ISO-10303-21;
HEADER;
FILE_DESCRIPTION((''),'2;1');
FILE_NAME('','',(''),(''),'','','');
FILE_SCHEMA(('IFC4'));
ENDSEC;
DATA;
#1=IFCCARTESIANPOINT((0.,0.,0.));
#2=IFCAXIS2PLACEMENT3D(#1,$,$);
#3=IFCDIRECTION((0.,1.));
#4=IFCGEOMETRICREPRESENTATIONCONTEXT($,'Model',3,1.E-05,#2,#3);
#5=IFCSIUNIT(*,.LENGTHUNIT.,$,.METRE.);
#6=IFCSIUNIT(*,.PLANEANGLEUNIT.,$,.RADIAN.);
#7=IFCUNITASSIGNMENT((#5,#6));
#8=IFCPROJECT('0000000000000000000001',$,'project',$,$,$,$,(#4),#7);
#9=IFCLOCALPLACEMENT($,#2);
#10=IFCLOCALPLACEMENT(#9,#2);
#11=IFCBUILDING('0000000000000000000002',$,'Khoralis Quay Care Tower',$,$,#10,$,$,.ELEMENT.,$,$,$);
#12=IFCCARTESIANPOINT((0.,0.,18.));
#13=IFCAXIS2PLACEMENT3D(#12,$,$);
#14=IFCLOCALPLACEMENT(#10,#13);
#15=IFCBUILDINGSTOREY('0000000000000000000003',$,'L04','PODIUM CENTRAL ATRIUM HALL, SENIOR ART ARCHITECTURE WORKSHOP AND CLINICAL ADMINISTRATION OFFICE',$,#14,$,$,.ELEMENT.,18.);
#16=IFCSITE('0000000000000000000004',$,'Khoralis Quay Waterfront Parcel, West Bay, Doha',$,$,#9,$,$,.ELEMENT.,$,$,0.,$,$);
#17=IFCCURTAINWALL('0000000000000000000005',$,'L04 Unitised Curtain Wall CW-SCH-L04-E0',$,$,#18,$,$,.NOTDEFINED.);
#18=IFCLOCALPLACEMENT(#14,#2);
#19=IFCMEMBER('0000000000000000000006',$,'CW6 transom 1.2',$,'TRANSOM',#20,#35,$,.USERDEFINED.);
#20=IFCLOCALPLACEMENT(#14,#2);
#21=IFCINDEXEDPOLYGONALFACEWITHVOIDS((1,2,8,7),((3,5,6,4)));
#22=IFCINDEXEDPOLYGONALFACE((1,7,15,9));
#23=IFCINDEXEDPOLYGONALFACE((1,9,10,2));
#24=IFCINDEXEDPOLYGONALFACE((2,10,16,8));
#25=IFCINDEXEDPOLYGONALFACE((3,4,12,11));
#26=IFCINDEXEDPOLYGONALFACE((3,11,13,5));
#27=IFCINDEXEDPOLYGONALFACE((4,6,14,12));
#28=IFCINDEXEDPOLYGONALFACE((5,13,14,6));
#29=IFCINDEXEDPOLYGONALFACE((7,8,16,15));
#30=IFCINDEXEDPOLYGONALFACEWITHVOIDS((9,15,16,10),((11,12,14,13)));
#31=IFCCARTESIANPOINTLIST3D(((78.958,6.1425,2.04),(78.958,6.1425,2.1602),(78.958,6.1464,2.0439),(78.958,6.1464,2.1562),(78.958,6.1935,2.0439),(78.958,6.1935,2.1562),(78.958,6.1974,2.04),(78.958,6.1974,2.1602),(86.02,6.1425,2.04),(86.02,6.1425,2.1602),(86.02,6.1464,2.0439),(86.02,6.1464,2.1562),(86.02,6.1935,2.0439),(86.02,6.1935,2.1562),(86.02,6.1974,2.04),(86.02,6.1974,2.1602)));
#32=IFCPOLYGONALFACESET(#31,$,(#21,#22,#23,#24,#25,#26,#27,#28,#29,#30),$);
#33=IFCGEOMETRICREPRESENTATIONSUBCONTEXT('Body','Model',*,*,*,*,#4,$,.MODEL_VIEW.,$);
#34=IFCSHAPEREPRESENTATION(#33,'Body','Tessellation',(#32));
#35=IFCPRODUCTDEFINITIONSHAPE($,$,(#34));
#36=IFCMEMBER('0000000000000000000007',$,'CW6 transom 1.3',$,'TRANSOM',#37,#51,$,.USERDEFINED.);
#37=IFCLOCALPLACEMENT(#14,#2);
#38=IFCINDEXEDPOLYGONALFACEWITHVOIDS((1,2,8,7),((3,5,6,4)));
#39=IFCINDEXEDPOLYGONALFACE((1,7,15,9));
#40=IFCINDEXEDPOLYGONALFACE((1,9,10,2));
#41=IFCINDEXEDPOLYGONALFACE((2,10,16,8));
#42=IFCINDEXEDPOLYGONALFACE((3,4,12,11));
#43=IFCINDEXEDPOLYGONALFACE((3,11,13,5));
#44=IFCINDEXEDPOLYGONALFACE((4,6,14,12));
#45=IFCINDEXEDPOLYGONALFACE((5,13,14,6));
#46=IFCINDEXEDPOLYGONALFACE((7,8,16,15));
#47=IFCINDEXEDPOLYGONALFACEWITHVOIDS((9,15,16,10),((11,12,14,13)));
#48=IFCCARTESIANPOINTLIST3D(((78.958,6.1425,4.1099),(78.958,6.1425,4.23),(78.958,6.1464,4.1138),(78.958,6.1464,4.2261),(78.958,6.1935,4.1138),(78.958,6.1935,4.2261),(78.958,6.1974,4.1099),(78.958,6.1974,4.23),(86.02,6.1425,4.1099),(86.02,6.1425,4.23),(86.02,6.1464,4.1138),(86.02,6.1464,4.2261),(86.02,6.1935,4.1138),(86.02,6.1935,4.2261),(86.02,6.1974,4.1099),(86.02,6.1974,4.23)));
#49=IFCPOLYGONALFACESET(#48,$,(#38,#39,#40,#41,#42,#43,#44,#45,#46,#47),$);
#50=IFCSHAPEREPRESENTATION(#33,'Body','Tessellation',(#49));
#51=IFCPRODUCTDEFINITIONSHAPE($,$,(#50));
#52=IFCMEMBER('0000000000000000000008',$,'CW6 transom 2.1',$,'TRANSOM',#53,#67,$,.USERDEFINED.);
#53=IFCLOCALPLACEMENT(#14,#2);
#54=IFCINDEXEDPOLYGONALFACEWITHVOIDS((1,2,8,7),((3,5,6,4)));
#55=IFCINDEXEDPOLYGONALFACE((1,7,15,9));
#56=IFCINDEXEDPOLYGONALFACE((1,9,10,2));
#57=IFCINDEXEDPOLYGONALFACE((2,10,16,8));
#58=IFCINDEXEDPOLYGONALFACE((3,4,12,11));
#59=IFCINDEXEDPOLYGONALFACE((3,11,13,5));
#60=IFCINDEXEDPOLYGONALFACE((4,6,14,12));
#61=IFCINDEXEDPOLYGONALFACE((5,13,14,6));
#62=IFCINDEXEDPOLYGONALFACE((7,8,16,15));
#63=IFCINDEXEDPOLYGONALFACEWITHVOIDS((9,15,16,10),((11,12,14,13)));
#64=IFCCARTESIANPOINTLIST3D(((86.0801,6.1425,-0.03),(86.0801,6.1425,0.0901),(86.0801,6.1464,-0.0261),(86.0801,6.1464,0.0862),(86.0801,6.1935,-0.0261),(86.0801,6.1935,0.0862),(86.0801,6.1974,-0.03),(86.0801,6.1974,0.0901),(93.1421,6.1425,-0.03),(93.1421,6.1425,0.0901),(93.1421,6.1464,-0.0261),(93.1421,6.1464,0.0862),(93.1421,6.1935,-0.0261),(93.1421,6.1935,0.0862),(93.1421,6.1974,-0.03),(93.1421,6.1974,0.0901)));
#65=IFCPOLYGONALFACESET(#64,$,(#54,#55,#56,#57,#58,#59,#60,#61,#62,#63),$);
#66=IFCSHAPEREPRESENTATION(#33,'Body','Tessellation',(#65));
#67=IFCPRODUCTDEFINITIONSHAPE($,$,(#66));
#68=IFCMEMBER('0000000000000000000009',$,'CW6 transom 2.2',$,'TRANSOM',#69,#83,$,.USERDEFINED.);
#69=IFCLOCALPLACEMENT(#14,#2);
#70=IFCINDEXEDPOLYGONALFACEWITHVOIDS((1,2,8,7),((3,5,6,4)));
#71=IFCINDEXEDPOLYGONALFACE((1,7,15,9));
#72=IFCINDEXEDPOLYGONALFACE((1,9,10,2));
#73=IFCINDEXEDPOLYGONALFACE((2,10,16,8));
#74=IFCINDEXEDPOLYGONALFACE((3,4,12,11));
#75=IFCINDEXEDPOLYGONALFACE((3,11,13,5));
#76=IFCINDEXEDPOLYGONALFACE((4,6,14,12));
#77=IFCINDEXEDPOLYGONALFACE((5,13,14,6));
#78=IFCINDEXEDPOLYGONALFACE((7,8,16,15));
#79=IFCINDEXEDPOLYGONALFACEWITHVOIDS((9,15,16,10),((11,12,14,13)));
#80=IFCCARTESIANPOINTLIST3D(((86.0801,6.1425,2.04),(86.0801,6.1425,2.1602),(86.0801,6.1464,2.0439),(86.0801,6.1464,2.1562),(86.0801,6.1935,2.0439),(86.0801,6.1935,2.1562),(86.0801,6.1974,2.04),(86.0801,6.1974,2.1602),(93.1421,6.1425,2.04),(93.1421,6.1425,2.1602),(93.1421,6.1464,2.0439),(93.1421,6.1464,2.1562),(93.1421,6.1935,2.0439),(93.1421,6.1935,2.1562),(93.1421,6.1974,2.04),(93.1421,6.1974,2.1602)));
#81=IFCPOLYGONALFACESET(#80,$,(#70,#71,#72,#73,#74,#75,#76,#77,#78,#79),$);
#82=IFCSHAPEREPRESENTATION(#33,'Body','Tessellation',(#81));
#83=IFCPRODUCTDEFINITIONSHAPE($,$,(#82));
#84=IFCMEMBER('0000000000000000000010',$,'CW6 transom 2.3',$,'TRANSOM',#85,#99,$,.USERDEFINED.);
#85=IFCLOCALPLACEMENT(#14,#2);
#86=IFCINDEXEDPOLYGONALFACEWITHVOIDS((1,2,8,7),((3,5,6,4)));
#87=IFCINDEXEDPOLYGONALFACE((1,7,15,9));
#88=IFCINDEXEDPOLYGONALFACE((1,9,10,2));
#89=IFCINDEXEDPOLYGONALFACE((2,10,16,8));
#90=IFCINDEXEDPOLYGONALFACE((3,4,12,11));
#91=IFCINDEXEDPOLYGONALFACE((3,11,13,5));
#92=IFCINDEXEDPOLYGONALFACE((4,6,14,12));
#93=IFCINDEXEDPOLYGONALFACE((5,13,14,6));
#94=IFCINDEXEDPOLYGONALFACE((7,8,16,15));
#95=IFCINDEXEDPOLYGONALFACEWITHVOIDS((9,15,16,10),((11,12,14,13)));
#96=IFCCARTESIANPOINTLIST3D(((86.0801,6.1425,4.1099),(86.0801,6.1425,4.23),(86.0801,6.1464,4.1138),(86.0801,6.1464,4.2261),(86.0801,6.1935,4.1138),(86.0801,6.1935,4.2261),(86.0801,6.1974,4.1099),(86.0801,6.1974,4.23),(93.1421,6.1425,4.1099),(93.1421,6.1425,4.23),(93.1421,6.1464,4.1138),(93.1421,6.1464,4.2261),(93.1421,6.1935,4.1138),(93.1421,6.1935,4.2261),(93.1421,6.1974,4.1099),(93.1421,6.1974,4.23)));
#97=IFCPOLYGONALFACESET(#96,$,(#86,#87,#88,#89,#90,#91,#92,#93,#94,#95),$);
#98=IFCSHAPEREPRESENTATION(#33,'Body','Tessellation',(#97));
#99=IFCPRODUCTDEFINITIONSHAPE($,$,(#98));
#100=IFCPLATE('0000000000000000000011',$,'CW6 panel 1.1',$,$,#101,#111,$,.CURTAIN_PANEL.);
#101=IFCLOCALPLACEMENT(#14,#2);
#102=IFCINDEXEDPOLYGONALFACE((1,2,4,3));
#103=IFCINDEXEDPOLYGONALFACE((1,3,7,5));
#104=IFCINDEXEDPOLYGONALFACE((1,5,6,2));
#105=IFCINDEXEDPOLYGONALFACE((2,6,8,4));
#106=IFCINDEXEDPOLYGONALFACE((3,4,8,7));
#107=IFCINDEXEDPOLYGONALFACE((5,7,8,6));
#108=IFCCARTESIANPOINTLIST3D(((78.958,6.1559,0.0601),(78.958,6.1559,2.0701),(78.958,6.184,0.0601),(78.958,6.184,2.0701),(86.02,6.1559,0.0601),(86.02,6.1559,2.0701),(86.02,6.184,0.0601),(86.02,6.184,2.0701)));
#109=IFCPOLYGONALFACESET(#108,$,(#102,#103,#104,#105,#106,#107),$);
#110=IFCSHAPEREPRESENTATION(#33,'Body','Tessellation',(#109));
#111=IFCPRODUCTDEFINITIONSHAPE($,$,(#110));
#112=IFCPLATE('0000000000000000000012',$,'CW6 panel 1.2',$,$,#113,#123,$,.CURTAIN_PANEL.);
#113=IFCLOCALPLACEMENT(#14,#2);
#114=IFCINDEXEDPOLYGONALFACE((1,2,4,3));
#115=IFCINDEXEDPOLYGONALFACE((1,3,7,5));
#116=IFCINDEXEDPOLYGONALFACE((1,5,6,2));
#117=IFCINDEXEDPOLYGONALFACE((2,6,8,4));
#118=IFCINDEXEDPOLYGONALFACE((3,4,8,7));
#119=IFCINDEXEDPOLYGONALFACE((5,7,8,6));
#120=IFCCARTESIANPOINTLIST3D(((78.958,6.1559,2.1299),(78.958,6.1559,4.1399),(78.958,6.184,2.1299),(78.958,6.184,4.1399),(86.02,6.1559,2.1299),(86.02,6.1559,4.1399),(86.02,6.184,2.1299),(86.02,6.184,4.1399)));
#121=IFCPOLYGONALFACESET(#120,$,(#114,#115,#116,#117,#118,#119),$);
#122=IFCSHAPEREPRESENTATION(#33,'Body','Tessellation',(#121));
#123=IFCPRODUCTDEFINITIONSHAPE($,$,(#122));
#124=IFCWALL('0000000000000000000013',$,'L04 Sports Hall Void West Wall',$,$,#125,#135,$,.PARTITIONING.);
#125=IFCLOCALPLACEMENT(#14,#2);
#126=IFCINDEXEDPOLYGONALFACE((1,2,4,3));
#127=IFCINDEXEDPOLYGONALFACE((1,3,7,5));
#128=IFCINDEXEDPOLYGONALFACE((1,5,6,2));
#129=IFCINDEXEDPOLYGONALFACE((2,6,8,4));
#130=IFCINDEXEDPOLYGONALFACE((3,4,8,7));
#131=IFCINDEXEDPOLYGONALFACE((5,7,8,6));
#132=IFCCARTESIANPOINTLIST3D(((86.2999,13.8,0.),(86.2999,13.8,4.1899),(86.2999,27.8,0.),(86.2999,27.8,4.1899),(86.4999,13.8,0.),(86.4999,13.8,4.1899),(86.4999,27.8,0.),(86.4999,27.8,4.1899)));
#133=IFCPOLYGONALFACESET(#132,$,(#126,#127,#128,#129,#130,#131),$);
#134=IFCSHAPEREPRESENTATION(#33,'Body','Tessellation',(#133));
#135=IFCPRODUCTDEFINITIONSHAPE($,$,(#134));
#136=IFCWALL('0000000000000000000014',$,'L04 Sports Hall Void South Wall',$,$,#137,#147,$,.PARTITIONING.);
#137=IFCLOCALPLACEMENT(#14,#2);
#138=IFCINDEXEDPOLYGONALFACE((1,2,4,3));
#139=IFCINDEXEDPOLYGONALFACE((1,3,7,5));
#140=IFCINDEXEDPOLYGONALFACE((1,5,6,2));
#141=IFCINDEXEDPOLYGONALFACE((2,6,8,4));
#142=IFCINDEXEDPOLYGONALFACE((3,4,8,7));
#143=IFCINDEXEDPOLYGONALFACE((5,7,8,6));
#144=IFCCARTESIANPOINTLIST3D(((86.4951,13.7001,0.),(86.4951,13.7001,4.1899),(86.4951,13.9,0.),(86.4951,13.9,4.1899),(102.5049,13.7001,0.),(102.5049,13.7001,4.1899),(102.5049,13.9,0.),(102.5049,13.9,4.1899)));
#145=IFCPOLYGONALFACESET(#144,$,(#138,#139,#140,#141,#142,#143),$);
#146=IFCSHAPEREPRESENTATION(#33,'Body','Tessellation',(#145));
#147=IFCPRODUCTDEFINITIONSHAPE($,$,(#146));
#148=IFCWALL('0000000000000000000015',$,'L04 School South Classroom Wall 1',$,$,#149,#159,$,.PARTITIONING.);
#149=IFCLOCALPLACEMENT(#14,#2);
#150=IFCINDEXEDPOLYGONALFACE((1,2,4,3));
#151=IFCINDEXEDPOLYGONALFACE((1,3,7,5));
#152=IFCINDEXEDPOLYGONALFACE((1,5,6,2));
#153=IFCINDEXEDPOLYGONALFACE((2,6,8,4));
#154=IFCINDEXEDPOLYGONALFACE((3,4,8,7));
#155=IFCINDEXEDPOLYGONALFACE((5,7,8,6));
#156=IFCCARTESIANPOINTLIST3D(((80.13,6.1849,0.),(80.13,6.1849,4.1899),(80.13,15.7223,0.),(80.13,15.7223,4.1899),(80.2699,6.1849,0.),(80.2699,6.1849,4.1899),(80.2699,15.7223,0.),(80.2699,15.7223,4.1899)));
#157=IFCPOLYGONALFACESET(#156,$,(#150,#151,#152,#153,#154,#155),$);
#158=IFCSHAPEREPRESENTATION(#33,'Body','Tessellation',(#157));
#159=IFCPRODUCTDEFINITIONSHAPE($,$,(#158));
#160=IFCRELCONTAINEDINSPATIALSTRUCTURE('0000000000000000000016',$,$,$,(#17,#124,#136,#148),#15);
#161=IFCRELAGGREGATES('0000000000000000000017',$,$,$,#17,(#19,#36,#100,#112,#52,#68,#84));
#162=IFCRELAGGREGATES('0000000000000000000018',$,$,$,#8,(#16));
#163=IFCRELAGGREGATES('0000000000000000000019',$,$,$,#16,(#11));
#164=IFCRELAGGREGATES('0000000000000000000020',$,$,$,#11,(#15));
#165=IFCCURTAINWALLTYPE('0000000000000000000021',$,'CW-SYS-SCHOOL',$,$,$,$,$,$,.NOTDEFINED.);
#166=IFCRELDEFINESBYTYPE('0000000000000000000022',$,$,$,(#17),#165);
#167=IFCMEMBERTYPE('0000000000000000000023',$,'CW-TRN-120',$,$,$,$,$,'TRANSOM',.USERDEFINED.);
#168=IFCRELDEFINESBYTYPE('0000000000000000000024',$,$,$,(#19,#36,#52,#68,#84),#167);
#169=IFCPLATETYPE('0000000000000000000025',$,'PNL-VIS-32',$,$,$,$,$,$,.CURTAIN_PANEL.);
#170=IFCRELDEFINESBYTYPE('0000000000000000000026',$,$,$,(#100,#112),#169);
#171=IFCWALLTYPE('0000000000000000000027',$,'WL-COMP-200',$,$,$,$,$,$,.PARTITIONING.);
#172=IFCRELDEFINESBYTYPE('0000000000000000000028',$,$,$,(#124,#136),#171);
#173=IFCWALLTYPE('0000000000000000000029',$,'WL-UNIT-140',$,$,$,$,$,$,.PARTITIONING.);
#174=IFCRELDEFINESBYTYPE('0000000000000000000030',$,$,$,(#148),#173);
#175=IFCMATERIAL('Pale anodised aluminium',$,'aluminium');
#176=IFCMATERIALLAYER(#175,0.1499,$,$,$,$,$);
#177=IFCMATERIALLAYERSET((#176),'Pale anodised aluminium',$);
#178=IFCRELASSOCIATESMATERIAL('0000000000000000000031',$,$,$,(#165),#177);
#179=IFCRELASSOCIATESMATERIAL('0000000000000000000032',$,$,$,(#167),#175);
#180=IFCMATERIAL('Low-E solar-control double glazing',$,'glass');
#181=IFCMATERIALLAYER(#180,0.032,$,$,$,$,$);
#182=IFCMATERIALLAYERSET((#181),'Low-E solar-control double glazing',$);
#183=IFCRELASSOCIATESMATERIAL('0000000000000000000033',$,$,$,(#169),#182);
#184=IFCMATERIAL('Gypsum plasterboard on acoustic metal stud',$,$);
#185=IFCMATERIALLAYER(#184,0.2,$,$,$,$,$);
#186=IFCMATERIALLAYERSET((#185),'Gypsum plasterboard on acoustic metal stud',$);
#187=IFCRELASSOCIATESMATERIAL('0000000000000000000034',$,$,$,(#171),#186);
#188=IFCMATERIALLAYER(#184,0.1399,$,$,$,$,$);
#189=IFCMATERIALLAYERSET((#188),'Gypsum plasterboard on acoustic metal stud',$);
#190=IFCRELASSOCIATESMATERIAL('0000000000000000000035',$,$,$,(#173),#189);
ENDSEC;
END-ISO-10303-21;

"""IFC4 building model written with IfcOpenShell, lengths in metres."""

from ifc_helpers import new_model, si_unit, direction, frame, frame_2d, origin, origin_2d, place, context, subcontext, project, spatial, rectangle, hollow_rectangle, extrude, source, transform, mapped, material, layer, layer_set, material_profile, profile_set, type_object, element, aggregate, save


model = new_model("IFC4")

# Units and contexts
model_context = context("Model", 3, precision=1e-05, world=origin(), true_north=direction((0.0, 1.0)))
body_context = subcontext(model_context, "Body", "Model", "MODEL_VIEW")
ifc_project = project(units=[si_unit("LENGTHUNIT", "METRE"), si_unit("PLANEANGLEUNIT", "RADIAN")], contexts=[model_context])

# Site, building, storey
site_placement = place(None, origin())
site = spatial("IfcSite", under=ifc_project, at=site_placement, Name="Khoralis Quay Waterfront Parcel, West Bay, Doha", CompositionType="ELEMENT", RefElevation=0.0)
building_placement = place(site_placement, origin())
building = spatial("IfcBuilding", under=site, at=building_placement, Name="Khoralis Quay Care Tower", CompositionType="ELEMENT")
storey_placement = place(building_placement, frame((0.0, 0.0, 18.0)))
storey = spatial("IfcBuildingStorey", under=building, at=storey_placement, Name="L04", Description="PODIUM CENTRAL ATRIUM HALL, SENIOR ART ARCHITECTURE WORKSHOP AND CLINICAL ADMINISTRATION OFFICE", CompositionType="ELEMENT", Elevation=18.0)

# Curtain wall, members, plates
ifc_material_1 = material(Name="Pale anodised aluminium", Category="aluminium")
ifc_layer_1 = layer(ifc_material_1, 0.1499)
ifc_layer_set_1 = layer_set([ifc_layer_1], Name="Pale anodised aluminium")
curtain_wall_type = type_object("IfcCurtainWallType", Name="CW-SYS-SCHOOL", PredefinedType="NOTDEFINED", material=ifc_layer_set_1)
curtain_wall_placement = place(storey_placement, origin())
curtain_wall = element("IfcCurtainWall", 1, at=curtain_wall_placement, inside=storey, type_object=curtain_wall_type, Name="L04 Unitised Curtain Wall CW-SCH-L04-E0", PredefinedType="NOTDEFINED")
ifc_material_profile_1 = material_profile(ifc_material_1, hollow_rectangle(XDim=0.0549, YDim=0.1201, WallThickness=0.0039, at=origin_2d()), Name="Pale anodised aluminium")
ifc_profile_set_1 = profile_set([ifc_material_profile_1], Name="Pale anodised aluminium")
member_type_1 = type_object("IfcMemberType", Name="CW-TRN-120", ElementType="TRANSOM", PredefinedType="USERDEFINED", material=ifc_profile_set_1)
shared_shape_1 = source(origin(), body_context, "Body", "SweptSolid", [
    extrude(hollow_rectangle(XDim=0.0549, YDim=0.1201, WallThickness=0.0039, at=origin_2d()), origin(), (0.0, 0.0, 1.0), 7.062),
])
member_1_placement = place(storey_placement, frame((78.958, 6.1699, 2.1001), z_axis=(1.0, 0.0, 0.0), x_axis=(0.0, 1.0, 0.0)))
member_1 = element("IfcMember", 2, at=member_1_placement, type_object=member_type_1, Name="CW6 transom 1.2", ObjectType="TRANSOM", PredefinedType="USERDEFINED", context=body_context, shape_type="MappedRepresentation", body=[
    mapped(shared_shape_1, transform((0.0, 0.0, 0.0), scale=1.0)),
])
member_2_placement = place(storey_placement, frame((78.958, 6.1699, 4.1699), z_axis=(1.0, 0.0, 0.0), x_axis=(0.0, 1.0, 0.0)))
member_2 = element("IfcMember", 3, at=member_2_placement, type_object=member_type_1, Name="CW6 transom 1.3", ObjectType="TRANSOM", PredefinedType="USERDEFINED", context=body_context, shape_type="MappedRepresentation", body=[
    mapped(shared_shape_1, transform((0.0, 0.0, 0.0), scale=1.0)),
])
member_3_placement = place(storey_placement, frame((86.0801, 6.1699, 0.03), z_axis=(1.0, 0.0, 0.0), x_axis=(0.0, 1.0, 0.0)))
member_3 = element("IfcMember", 4, at=member_3_placement, type_object=member_type_1, Name="CW6 transom 2.1", ObjectType="TRANSOM", PredefinedType="USERDEFINED", context=body_context, shape_type="MappedRepresentation", body=[
    mapped(shared_shape_1, transform((0.0, 0.0, 0.0), scale=1.0)),
])
member_4_placement = place(storey_placement, frame((86.0801, 6.1699, 2.1001), z_axis=(1.0, 0.0, 0.0), x_axis=(0.0, 1.0, 0.0)))
member_4 = element("IfcMember", 5, at=member_4_placement, type_object=member_type_1, Name="CW6 transom 2.2", ObjectType="TRANSOM", PredefinedType="USERDEFINED", context=body_context, shape_type="MappedRepresentation", body=[
    mapped(shared_shape_1, transform((0.0, 0.0, 0.0), scale=1.0)),
])
member_5_placement = place(storey_placement, frame((86.0801, 6.1699, 4.1699), z_axis=(1.0, 0.0, 0.0), x_axis=(0.0, 1.0, 0.0)))
member_5 = element("IfcMember", 6, at=member_5_placement, type_object=member_type_1, Name="CW6 transom 2.3", ObjectType="TRANSOM", PredefinedType="USERDEFINED", context=body_context, shape_type="MappedRepresentation", body=[
    mapped(shared_shape_1, transform((0.0, 0.0, 0.0), scale=1.0)),
])
ifc_material_2 = material(Name="Low-E solar-control double glazing", Category="glass")
ifc_layer_2 = layer(ifc_material_2, 0.032)
ifc_layer_set_2 = layer_set([ifc_layer_2], Name="Low-E solar-control double glazing")
plate_type = type_object("IfcPlateType", Name="PNL-VIS-32", PredefinedType="CURTAIN_PANEL", material=ifc_layer_set_2)
shared_shape_2 = source(origin(), body_context, "Body", "SweptSolid", [
    extrude(rectangle(XDim=7.062, YDim=0.0281, at=origin_2d()), origin(), (0.0, 0.0, 1.0), 2.01),
])
plate_1_placement = place(storey_placement, frame((82.489, 6.1699, 0.0601), z_axis=(0.0, 0.0, 1.0), x_axis=(1.0, 0.0, 0.0)))
plate_1 = element("IfcPlate", 7, at=plate_1_placement, type_object=plate_type, Name="CW6 panel 1.1", PredefinedType="CURTAIN_PANEL", context=body_context, shape_type="MappedRepresentation", body=[
    mapped(shared_shape_2, transform((0.0, 0.0, 0.0), scale=1.0)),
])
plate_2_placement = place(storey_placement, frame((82.489, 6.1699, 2.1299), z_axis=(0.0, 0.0, 1.0), x_axis=(1.0, 0.0, 0.0)))
plate_2 = element("IfcPlate", 8, at=plate_2_placement, type_object=plate_type, Name="CW6 panel 1.2", PredefinedType="CURTAIN_PANEL", context=body_context, shape_type="MappedRepresentation", body=[
    mapped(shared_shape_2, transform((0.0, 0.0, 0.0), scale=1.0)),
])
aggregate(curtain_wall, [member_1, member_2, plate_1, plate_2, member_3, member_4, member_5])

# Walls
ifc_material_3 = material(Name="Gypsum plasterboard on acoustic metal stud")
ifc_layer_3 = layer(ifc_material_3, 0.2)
ifc_layer_set_3 = layer_set([ifc_layer_3], Name="Gypsum plasterboard on acoustic metal stud")
wall_type_1 = type_object("IfcWallType", Name="WL-COMP-200", PredefinedType="PARTITIONING", material=ifc_layer_set_3)
wall_1_placement = place(storey_placement, frame((86.3999, 13.8, 0.0), z_axis=(0.0, 0.0, 1.0), x_axis=(0.0, 1.0, 0.0)))
element("IfcWall", 9, at=wall_1_placement, inside=storey, type_object=wall_type_1, Name="L04 Sports Hall Void West Wall", PredefinedType="PARTITIONING", context=body_context, shape_type="SweptSolid", body=[
    extrude(rectangle(XDim=14.0, YDim=0.2, at=frame_2d((7.0, 0.0))), origin(), (0.0, 0.0, 1.0), 4.1899),
])
wall_2_placement = place(storey_placement, frame((86.4951, 13.8, 0.0), z_axis=(0.0, 0.0, 1.0), x_axis=(1.0, 0.0, 0.0)))
element("IfcWall", 10, at=wall_2_placement, inside=storey, type_object=wall_type_1, Name="L04 Sports Hall Void South Wall", PredefinedType="PARTITIONING", context=body_context, shape_type="SweptSolid", body=[
    extrude(rectangle(XDim=16.0098, YDim=0.2, at=frame_2d((8.0049, 0.0))), origin(), (0.0, 0.0, 1.0), 4.1899),
])
ifc_layer_4 = layer(ifc_material_3, 0.1399)
ifc_layer_set_4 = layer_set([ifc_layer_4], Name="Gypsum plasterboard on acoustic metal stud")
wall_type_2 = type_object("IfcWallType", Name="WL-UNIT-140", PredefinedType="PARTITIONING", material=ifc_layer_set_4)
wall_3_placement = place(storey_placement, frame((80.2, 6.1851, 0.0), z_axis=(0.0, 0.0, 1.0), x_axis=(0.0, 1.0, 0.0)))
element("IfcWall", 11, at=wall_3_placement, inside=storey, type_object=wall_type_2, Name="L04 School South Classroom Wall 1", PredefinedType="PARTITIONING", context=body_context, shape_type="SweptSolid", body=[
    extrude(rectangle(XDim=9.5374, YDim=0.1399, at=frame_2d((4.7686, 0.0))), origin(), (0.0, 0.0, 1.0), 4.1899),
])

save(model, "model.ifc")
